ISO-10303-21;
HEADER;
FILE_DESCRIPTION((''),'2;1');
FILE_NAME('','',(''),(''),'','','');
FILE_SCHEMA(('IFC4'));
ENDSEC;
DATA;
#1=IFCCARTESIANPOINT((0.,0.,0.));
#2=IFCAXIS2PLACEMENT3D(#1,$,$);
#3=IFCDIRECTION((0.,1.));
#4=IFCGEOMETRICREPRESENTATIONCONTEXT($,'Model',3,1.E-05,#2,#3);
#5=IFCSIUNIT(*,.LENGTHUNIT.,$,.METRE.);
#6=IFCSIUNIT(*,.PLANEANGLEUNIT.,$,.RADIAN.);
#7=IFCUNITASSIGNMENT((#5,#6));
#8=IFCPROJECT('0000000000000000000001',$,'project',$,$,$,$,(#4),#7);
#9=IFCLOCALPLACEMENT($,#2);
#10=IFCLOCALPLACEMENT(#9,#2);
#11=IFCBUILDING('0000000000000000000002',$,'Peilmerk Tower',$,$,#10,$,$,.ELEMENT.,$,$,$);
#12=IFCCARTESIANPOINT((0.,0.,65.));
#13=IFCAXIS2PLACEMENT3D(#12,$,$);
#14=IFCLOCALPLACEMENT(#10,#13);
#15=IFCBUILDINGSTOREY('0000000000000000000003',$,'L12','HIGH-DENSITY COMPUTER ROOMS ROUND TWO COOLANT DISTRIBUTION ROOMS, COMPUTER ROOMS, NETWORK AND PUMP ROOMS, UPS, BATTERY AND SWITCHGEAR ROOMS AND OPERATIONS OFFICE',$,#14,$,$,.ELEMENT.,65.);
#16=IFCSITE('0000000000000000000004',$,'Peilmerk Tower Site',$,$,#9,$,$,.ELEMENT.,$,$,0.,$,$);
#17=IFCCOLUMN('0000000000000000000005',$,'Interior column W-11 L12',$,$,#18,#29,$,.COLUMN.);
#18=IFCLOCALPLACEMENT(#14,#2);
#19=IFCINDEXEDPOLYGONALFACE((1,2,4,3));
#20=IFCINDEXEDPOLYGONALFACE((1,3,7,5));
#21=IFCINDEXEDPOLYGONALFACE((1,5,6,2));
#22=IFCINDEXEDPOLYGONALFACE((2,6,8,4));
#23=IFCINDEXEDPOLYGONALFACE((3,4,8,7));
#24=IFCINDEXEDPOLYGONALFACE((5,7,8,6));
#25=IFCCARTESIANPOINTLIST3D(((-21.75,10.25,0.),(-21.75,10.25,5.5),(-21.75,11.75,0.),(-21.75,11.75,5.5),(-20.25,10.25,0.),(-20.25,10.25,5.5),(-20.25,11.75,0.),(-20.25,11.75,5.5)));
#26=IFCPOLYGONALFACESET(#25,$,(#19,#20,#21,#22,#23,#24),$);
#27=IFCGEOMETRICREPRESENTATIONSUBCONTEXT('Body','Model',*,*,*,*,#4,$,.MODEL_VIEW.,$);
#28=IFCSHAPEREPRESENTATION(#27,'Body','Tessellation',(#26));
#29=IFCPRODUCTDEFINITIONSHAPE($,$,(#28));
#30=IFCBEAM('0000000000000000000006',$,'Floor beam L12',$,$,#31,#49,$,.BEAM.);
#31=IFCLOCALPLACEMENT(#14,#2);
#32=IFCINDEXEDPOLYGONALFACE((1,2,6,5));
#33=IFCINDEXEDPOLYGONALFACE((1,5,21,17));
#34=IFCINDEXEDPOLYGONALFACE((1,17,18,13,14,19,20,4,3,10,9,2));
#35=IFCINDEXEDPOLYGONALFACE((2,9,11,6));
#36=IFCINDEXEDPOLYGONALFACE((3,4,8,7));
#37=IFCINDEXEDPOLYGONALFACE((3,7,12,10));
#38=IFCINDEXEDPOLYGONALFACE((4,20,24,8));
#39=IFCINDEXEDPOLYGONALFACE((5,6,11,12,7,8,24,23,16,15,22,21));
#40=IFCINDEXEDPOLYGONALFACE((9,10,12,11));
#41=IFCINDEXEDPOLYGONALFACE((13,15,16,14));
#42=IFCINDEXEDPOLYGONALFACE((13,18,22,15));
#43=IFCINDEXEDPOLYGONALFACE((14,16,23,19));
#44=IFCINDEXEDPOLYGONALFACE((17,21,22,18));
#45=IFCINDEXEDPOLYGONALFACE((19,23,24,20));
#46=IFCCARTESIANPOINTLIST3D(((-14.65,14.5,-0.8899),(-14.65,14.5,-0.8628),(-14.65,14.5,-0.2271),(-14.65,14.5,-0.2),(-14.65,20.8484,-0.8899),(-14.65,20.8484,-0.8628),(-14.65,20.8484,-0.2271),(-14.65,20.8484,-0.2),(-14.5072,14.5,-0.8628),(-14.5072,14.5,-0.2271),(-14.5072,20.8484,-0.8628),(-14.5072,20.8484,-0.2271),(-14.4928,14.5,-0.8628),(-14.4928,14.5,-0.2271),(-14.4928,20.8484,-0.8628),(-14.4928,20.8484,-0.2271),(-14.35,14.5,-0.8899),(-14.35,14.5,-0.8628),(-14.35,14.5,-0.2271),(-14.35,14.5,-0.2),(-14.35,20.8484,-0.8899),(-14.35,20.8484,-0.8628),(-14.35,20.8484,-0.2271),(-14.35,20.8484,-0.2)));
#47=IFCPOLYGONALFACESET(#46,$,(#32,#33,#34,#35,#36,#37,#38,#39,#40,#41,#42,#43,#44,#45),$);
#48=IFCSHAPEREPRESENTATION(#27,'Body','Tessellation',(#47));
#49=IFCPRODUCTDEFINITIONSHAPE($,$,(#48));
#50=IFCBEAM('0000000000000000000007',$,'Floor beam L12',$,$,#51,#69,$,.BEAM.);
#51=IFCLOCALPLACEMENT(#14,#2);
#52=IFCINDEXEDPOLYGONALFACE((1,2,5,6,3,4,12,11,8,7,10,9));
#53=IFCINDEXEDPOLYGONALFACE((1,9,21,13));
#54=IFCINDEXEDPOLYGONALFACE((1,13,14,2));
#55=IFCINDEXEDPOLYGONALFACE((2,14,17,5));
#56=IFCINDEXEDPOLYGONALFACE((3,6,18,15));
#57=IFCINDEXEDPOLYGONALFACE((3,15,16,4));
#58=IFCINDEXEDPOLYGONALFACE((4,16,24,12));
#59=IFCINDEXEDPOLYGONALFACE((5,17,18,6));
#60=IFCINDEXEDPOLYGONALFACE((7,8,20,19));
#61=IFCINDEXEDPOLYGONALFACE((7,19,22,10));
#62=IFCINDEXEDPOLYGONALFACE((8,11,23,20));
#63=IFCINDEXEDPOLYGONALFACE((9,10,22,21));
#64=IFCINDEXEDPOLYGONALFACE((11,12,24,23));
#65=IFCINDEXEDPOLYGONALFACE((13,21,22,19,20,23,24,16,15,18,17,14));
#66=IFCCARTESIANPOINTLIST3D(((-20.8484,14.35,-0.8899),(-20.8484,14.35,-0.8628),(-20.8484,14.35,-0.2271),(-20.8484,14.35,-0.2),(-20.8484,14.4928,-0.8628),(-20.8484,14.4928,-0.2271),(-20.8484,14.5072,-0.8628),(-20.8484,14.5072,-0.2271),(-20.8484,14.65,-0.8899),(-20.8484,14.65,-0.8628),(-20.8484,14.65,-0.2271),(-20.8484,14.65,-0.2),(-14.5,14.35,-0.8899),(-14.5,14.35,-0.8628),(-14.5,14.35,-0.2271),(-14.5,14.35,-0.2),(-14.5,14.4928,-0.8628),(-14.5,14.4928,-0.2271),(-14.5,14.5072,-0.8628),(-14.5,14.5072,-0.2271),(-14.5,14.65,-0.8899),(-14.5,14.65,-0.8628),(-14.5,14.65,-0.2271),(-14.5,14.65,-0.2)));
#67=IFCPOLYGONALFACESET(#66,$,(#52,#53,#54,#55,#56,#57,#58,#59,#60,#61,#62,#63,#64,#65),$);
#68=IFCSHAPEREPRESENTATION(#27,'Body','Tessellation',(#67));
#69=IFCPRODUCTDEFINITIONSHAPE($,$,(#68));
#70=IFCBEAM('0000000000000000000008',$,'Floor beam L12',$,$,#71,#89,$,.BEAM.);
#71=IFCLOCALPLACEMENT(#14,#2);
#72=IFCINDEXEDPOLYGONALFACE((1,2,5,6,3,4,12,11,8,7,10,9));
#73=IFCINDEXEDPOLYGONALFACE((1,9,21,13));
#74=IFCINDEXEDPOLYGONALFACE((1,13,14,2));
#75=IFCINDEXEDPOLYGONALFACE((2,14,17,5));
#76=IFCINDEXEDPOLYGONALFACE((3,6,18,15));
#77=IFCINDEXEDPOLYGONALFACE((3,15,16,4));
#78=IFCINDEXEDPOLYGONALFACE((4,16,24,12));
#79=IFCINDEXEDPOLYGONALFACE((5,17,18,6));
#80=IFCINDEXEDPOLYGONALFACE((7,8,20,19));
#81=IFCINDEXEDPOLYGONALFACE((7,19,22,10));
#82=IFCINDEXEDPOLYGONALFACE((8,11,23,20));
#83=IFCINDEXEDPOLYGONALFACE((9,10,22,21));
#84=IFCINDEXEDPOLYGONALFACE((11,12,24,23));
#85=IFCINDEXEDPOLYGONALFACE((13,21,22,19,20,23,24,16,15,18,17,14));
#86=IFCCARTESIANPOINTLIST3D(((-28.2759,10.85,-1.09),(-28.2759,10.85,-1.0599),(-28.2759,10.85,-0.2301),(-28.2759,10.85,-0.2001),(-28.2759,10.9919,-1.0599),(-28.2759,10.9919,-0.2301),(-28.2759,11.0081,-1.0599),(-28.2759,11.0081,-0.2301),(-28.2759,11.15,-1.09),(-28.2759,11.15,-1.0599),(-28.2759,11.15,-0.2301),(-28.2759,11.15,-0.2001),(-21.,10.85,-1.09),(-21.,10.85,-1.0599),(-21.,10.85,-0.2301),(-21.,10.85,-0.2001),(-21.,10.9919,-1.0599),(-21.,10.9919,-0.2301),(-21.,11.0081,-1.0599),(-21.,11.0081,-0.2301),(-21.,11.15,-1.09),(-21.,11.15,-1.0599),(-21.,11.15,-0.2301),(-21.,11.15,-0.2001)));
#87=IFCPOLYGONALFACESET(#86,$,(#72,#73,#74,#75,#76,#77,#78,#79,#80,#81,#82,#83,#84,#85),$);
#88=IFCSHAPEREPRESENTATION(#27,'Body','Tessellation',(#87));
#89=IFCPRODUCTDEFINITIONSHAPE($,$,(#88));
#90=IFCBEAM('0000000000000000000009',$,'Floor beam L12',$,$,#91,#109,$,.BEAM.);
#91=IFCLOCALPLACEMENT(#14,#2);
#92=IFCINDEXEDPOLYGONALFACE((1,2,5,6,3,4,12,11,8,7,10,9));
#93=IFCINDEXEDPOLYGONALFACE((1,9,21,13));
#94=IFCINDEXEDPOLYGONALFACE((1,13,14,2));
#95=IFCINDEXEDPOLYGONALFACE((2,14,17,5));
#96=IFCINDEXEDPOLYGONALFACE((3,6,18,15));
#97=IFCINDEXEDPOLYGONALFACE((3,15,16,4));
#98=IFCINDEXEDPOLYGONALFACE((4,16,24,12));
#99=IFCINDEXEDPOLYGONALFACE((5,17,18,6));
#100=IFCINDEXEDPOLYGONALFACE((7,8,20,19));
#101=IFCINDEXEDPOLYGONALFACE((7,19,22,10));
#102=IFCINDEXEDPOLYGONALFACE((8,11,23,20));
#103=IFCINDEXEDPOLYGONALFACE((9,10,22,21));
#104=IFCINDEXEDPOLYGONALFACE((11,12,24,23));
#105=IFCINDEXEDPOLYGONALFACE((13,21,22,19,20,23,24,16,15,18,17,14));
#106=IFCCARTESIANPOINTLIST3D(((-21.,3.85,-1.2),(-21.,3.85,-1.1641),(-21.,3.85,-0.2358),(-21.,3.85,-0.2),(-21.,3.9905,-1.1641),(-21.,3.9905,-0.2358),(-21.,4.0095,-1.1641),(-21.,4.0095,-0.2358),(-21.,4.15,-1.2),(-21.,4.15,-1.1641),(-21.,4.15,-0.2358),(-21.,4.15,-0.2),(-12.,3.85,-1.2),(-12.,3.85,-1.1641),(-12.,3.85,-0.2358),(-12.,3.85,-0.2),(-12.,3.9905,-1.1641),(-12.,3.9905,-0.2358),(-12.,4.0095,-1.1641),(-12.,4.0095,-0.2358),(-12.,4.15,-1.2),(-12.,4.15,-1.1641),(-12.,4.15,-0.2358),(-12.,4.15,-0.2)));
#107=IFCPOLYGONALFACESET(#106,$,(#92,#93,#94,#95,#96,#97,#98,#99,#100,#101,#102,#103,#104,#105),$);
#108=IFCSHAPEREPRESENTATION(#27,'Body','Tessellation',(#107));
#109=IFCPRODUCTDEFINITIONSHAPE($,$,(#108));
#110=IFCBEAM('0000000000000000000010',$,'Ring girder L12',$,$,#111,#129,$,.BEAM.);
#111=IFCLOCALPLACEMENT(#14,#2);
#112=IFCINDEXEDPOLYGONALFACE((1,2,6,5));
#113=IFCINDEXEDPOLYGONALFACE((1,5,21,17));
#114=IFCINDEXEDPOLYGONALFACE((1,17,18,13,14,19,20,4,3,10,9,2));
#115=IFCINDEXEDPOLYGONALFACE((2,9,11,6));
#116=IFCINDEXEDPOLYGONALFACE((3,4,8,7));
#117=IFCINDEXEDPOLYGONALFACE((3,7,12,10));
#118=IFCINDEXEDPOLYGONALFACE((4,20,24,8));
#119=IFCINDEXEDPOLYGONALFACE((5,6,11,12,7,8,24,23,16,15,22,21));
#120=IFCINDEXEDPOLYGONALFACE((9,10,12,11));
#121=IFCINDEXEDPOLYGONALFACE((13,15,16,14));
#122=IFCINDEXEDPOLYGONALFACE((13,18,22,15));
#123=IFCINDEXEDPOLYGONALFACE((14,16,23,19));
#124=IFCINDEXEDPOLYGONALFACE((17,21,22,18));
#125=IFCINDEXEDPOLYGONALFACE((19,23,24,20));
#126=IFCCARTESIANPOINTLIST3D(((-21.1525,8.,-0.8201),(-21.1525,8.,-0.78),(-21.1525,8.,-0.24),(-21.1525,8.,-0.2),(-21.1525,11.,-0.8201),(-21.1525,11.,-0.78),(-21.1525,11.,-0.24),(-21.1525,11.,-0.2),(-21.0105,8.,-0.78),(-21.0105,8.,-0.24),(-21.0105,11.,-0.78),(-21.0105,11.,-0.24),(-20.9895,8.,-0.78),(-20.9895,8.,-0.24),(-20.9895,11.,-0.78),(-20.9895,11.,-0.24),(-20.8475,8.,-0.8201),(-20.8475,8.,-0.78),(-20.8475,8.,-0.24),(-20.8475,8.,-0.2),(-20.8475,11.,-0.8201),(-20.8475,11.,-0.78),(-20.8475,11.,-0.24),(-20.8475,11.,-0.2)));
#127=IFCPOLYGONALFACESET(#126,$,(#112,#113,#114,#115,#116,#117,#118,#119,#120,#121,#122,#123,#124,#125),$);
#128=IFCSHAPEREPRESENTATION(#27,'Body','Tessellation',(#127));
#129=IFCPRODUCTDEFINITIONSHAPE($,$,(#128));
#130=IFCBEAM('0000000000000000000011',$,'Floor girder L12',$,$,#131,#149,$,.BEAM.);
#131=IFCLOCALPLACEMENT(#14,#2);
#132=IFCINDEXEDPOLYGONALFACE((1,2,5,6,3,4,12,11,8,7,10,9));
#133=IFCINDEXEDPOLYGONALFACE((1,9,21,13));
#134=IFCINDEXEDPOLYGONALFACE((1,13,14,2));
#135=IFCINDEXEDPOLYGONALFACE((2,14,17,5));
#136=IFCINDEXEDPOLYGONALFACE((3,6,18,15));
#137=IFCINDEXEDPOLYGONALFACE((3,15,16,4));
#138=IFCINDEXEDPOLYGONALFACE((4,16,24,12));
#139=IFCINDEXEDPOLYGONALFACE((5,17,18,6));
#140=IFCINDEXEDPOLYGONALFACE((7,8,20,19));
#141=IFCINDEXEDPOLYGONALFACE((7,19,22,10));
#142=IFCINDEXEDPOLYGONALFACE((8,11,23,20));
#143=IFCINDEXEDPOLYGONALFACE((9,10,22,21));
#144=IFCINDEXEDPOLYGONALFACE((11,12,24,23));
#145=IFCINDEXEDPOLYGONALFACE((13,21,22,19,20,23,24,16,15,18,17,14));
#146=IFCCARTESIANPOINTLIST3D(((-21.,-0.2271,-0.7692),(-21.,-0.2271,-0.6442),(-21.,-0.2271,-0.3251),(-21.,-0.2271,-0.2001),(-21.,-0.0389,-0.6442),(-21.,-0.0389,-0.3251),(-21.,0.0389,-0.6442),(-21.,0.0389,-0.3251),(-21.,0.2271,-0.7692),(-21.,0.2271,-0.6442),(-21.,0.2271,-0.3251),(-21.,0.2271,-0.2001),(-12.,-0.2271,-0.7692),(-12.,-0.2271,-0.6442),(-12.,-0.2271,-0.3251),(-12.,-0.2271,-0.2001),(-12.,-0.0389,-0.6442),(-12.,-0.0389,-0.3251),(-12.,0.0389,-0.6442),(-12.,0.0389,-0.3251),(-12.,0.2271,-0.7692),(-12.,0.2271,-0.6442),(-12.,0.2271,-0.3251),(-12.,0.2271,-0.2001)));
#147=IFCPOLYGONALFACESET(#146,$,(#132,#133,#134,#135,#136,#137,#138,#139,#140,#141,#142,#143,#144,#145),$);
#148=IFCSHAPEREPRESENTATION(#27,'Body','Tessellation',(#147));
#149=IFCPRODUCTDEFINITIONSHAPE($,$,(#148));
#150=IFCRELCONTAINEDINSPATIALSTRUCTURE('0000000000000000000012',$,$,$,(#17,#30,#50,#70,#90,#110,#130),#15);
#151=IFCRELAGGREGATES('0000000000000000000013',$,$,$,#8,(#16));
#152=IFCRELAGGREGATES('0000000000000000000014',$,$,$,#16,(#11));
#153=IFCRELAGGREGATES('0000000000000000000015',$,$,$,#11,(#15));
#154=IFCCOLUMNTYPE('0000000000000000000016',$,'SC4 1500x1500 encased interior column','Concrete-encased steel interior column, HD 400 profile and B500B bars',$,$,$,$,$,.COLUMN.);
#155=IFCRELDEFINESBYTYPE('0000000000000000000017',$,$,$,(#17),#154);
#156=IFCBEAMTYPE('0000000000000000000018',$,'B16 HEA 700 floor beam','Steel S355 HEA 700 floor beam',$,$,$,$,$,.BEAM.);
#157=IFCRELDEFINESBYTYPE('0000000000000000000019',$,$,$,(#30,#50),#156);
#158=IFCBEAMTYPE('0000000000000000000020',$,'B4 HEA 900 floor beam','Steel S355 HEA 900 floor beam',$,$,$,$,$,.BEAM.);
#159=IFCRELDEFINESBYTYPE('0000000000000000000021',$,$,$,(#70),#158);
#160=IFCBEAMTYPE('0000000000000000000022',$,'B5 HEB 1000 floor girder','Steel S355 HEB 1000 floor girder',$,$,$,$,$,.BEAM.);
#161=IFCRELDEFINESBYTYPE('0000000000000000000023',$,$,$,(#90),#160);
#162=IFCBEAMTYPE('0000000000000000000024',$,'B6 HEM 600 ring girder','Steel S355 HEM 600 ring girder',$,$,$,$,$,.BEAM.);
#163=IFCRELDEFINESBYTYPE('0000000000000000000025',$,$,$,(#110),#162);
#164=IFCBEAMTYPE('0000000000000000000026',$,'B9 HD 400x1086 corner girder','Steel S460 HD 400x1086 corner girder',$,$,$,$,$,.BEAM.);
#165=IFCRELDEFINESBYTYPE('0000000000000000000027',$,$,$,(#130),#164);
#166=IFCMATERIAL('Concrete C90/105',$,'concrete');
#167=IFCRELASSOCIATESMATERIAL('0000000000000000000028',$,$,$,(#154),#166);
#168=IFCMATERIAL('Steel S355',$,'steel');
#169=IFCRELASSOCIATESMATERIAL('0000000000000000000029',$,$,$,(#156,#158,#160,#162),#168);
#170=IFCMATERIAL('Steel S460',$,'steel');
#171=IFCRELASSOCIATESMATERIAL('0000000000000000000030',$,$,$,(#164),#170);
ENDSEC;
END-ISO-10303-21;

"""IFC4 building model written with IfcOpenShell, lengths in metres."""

from ifc_helpers import new_model, si_unit, direction, frame, origin, origin_2d, place, context, subcontext, project, spatial, rectangle, i_section, extrude, material, material_profile, profile_set, type_object, element, save


model = new_model("IFC4")

# Units and contexts
model_context = context("Model", 3, precision=1e-05, world=origin(), true_north=direction((0.0, 1.0)))
body_context = subcontext(model_context, "Body", "Model", "MODEL_VIEW")
ifc_project = project(units=[si_unit("LENGTHUNIT", "METRE"), si_unit("PLANEANGLEUNIT", "RADIAN")], contexts=[model_context])

# Site, building, storey
site_placement = place(None, origin())
site = spatial("IfcSite", under=ifc_project, at=site_placement, Name="Peilmerk Tower Site", CompositionType="ELEMENT", RefElevation=0.0)
building_placement = place(site_placement, origin())
building = spatial("IfcBuilding", under=site, at=building_placement, Name="Peilmerk Tower", CompositionType="ELEMENT")
storey_placement = place(building_placement, frame((0.0, 0.0, 65.0)))
storey = spatial("IfcBuildingStorey", under=building, at=storey_placement, Name="L12", Description="HIGH-DENSITY COMPUTER ROOMS ROUND TWO COOLANT DISTRIBUTION ROOMS, COMPUTER ROOMS, NETWORK AND PUMP ROOMS, UPS, BATTERY AND SWITCHGEAR ROOMS AND OPERATIONS OFFICE", CompositionType="ELEMENT", Elevation=65.0)

# Column
ifc_material_1 = material(Name="Concrete C90/105", Category="concrete")
ifc_material_profile_1 = material_profile(ifc_material_1, rectangle(XDim=1.5, YDim=1.5, at=origin_2d()), Name="RC 1500x1500")
ifc_profile_set_1 = profile_set([ifc_material_profile_1], Name="Concrete C90/105")
column_type = type_object("IfcColumnType", Name="SC4 1500x1500 encased interior column", Description="Concrete-encased steel interior column, HD 400 profile and B500B bars", PredefinedType="COLUMN", material=ifc_profile_set_1)
column_placement = place(storey_placement, frame((-21.0, 11.0, 0.0), z_axis=(0.0, 0.0, 1.0), x_axis=(1.0, 0.0, 0.0)))
element("IfcColumn", 1, at=column_placement, inside=storey, type_object=column_type, Name="Interior column W-11 L12", PredefinedType="COLUMN", context=body_context, shape_type="SweptSolid", body=[
    extrude(rectangle(XDim=1.5, YDim=1.5, at=origin_2d()), origin(), (0.0, 0.0, 1.0), 5.5),
])

# Beams
ifc_material_2 = material(Name="Steel S355", Category="steel")
ifc_material_profile_2 = material_profile(ifc_material_2, i_section(OverallWidth=0.3, OverallDepth=0.6899, WebThickness=0.0144, FlangeThickness=0.0271, at=origin_2d()), Name="HEA 700")
ifc_profile_set_2 = profile_set([ifc_material_profile_2], Name="Steel S355")
beam_type_1 = type_object("IfcBeamType", Name="B16 HEA 700 floor beam", Description="Steel S355 HEA 700 floor beam", PredefinedType="BEAM", material=ifc_profile_set_2)
for number, where, z_axis, x_axis, name in (
    (2, (-14.5, 14.5, -0.5449), (0.0, 1.0, 0.0), (-1.0, 0.0, 0.0), "Floor beam L12"),
    (3, (-14.5, 14.5, -0.5449), (-1.0, 0.0, 0.0), (0.0, -1.0, 0.0), "Floor beam L12"),
):
    element("IfcBeam", number, at=place(storey_placement, frame(where, z_axis=z_axis, x_axis=x_axis)), inside=storey, type_object=beam_type_1, Name=name, PredefinedType="BEAM", context=body_context, shape_type="SweptSolid", body=[
        extrude(i_section(OverallWidth=0.3, OverallDepth=0.6899, WebThickness=0.0144, FlangeThickness=0.0271, at=origin_2d()), origin(), (0.0, 0.0, 1.0), 6.3484),
    ])
ifc_material_profile_3 = material_profile(ifc_material_2, i_section(OverallWidth=0.3, OverallDepth=0.8899, WebThickness=0.0161, FlangeThickness=0.03, at=origin_2d()), Name="HEA 900")
ifc_profile_set_3 = profile_set([ifc_material_profile_3], Name="Steel S355")
beam_type_2 = type_object("IfcBeamType", Name="B4 HEA 900 floor beam", Description="Steel S355 HEA 900 floor beam", PredefinedType="BEAM", material=ifc_profile_set_3)
beam_1_placement = place(storey_placement, frame((-21.0, 11.0, -0.645), z_axis=(-1.0, 0.0, 0.0), x_axis=(0.0, -1.0, 0.0)))
element("IfcBeam", 4, at=beam_1_placement, inside=storey, type_object=beam_type_2, Name="Floor beam L12", PredefinedType="BEAM", context=body_context, shape_type="SweptSolid", body=[
    extrude(i_section(OverallWidth=0.3, OverallDepth=0.8899, WebThickness=0.0161, FlangeThickness=0.03, at=origin_2d()), origin(), (0.0, 0.0, 1.0), 7.2759),
])
ifc_material_profile_4 = material_profile(ifc_material_2, i_section(OverallWidth=0.3, OverallDepth=1.0, WebThickness=0.019, FlangeThickness=0.0359, at=origin_2d()), Name="HEB 1000")
ifc_profile_set_4 = profile_set([ifc_material_profile_4], Name="Steel S355")
beam_type_3 = type_object("IfcBeamType", Name="B5 HEB 1000 floor girder", Description="Steel S355 HEB 1000 floor girder", PredefinedType="BEAM", material=ifc_profile_set_4)
beam_2_placement = place(storey_placement, frame((-12.0, 4.0, -0.7), z_axis=(-1.0, 0.0, 0.0), x_axis=(0.0, -1.0, 0.0)))
element("IfcBeam", 5, at=beam_2_placement, inside=storey, type_object=beam_type_3, Name="Floor beam L12", PredefinedType="BEAM", context=body_context, shape_type="SweptSolid", body=[
    extrude(i_section(OverallWidth=0.3, OverallDepth=1.0, WebThickness=0.019, FlangeThickness=0.0359, at=origin_2d()), origin(), (0.0, 0.0, 1.0), 9.0),
])
ifc_material_profile_5 = material_profile(ifc_material_2, i_section(OverallWidth=0.3049, OverallDepth=0.6201, WebThickness=0.021, FlangeThickness=0.04, at=origin_2d()), Name="HEM 600")
ifc_profile_set_5 = profile_set([ifc_material_profile_5], Name="Steel S355")
beam_type_4 = type_object("IfcBeamType", Name="B6 HEM 600 ring girder", Description="Steel S355 HEM 600 ring girder", PredefinedType="BEAM", material=ifc_profile_set_5)
beam_3_placement = place(storey_placement, frame((-21.0, 11.0, -0.51), z_axis=(0.0, -1.0, 0.0), x_axis=(1.0, 0.0, 0.0)))
element("IfcBeam", 6, at=beam_3_placement, inside=storey, type_object=beam_type_4, Name="Ring girder L12", PredefinedType="BEAM", context=body_context, shape_type="SweptSolid", body=[
    extrude(i_section(OverallWidth=0.3049, OverallDepth=0.6201, WebThickness=0.021, FlangeThickness=0.04, at=origin_2d()), origin(), (0.0, 0.0, 1.0), 3.0),
])
ifc_material_3 = material(Name="Steel S460", Category="steel")
ifc_material_profile_6 = material_profile(ifc_material_3, i_section(OverallWidth=0.4541, OverallDepth=0.5691, WebThickness=0.0779, FlangeThickness=0.125, at=origin_2d()), Name="HD 400x1086")
ifc_profile_set_6 = profile_set([ifc_material_profile_6], Name="Steel S460")
beam_type_5 = type_object("IfcBeamType", Name="B9 HD 400x1086 corner girder", Description="Steel S460 HD 400x1086 corner girder", PredefinedType="BEAM", material=ifc_profile_set_6)
beam_4_placement = place(storey_placement, frame((-12.0, 0.0, -0.4846), z_axis=(-1.0, 0.0, 0.0), x_axis=(0.0, -1.0, 0.0)))
element("IfcBeam", 7, at=beam_4_placement, inside=storey, type_object=beam_type_5, Name="Floor girder L12", PredefinedType="BEAM", context=body_context, shape_type="SweptSolid", body=[
    extrude(i_section(OverallWidth=0.4541, OverallDepth=0.5691, WebThickness=0.0779, FlangeThickness=0.125, at=origin_2d()), origin(), (0.0, 0.0, 1.0), 9.0),
])

save(model, "model.ifc")
